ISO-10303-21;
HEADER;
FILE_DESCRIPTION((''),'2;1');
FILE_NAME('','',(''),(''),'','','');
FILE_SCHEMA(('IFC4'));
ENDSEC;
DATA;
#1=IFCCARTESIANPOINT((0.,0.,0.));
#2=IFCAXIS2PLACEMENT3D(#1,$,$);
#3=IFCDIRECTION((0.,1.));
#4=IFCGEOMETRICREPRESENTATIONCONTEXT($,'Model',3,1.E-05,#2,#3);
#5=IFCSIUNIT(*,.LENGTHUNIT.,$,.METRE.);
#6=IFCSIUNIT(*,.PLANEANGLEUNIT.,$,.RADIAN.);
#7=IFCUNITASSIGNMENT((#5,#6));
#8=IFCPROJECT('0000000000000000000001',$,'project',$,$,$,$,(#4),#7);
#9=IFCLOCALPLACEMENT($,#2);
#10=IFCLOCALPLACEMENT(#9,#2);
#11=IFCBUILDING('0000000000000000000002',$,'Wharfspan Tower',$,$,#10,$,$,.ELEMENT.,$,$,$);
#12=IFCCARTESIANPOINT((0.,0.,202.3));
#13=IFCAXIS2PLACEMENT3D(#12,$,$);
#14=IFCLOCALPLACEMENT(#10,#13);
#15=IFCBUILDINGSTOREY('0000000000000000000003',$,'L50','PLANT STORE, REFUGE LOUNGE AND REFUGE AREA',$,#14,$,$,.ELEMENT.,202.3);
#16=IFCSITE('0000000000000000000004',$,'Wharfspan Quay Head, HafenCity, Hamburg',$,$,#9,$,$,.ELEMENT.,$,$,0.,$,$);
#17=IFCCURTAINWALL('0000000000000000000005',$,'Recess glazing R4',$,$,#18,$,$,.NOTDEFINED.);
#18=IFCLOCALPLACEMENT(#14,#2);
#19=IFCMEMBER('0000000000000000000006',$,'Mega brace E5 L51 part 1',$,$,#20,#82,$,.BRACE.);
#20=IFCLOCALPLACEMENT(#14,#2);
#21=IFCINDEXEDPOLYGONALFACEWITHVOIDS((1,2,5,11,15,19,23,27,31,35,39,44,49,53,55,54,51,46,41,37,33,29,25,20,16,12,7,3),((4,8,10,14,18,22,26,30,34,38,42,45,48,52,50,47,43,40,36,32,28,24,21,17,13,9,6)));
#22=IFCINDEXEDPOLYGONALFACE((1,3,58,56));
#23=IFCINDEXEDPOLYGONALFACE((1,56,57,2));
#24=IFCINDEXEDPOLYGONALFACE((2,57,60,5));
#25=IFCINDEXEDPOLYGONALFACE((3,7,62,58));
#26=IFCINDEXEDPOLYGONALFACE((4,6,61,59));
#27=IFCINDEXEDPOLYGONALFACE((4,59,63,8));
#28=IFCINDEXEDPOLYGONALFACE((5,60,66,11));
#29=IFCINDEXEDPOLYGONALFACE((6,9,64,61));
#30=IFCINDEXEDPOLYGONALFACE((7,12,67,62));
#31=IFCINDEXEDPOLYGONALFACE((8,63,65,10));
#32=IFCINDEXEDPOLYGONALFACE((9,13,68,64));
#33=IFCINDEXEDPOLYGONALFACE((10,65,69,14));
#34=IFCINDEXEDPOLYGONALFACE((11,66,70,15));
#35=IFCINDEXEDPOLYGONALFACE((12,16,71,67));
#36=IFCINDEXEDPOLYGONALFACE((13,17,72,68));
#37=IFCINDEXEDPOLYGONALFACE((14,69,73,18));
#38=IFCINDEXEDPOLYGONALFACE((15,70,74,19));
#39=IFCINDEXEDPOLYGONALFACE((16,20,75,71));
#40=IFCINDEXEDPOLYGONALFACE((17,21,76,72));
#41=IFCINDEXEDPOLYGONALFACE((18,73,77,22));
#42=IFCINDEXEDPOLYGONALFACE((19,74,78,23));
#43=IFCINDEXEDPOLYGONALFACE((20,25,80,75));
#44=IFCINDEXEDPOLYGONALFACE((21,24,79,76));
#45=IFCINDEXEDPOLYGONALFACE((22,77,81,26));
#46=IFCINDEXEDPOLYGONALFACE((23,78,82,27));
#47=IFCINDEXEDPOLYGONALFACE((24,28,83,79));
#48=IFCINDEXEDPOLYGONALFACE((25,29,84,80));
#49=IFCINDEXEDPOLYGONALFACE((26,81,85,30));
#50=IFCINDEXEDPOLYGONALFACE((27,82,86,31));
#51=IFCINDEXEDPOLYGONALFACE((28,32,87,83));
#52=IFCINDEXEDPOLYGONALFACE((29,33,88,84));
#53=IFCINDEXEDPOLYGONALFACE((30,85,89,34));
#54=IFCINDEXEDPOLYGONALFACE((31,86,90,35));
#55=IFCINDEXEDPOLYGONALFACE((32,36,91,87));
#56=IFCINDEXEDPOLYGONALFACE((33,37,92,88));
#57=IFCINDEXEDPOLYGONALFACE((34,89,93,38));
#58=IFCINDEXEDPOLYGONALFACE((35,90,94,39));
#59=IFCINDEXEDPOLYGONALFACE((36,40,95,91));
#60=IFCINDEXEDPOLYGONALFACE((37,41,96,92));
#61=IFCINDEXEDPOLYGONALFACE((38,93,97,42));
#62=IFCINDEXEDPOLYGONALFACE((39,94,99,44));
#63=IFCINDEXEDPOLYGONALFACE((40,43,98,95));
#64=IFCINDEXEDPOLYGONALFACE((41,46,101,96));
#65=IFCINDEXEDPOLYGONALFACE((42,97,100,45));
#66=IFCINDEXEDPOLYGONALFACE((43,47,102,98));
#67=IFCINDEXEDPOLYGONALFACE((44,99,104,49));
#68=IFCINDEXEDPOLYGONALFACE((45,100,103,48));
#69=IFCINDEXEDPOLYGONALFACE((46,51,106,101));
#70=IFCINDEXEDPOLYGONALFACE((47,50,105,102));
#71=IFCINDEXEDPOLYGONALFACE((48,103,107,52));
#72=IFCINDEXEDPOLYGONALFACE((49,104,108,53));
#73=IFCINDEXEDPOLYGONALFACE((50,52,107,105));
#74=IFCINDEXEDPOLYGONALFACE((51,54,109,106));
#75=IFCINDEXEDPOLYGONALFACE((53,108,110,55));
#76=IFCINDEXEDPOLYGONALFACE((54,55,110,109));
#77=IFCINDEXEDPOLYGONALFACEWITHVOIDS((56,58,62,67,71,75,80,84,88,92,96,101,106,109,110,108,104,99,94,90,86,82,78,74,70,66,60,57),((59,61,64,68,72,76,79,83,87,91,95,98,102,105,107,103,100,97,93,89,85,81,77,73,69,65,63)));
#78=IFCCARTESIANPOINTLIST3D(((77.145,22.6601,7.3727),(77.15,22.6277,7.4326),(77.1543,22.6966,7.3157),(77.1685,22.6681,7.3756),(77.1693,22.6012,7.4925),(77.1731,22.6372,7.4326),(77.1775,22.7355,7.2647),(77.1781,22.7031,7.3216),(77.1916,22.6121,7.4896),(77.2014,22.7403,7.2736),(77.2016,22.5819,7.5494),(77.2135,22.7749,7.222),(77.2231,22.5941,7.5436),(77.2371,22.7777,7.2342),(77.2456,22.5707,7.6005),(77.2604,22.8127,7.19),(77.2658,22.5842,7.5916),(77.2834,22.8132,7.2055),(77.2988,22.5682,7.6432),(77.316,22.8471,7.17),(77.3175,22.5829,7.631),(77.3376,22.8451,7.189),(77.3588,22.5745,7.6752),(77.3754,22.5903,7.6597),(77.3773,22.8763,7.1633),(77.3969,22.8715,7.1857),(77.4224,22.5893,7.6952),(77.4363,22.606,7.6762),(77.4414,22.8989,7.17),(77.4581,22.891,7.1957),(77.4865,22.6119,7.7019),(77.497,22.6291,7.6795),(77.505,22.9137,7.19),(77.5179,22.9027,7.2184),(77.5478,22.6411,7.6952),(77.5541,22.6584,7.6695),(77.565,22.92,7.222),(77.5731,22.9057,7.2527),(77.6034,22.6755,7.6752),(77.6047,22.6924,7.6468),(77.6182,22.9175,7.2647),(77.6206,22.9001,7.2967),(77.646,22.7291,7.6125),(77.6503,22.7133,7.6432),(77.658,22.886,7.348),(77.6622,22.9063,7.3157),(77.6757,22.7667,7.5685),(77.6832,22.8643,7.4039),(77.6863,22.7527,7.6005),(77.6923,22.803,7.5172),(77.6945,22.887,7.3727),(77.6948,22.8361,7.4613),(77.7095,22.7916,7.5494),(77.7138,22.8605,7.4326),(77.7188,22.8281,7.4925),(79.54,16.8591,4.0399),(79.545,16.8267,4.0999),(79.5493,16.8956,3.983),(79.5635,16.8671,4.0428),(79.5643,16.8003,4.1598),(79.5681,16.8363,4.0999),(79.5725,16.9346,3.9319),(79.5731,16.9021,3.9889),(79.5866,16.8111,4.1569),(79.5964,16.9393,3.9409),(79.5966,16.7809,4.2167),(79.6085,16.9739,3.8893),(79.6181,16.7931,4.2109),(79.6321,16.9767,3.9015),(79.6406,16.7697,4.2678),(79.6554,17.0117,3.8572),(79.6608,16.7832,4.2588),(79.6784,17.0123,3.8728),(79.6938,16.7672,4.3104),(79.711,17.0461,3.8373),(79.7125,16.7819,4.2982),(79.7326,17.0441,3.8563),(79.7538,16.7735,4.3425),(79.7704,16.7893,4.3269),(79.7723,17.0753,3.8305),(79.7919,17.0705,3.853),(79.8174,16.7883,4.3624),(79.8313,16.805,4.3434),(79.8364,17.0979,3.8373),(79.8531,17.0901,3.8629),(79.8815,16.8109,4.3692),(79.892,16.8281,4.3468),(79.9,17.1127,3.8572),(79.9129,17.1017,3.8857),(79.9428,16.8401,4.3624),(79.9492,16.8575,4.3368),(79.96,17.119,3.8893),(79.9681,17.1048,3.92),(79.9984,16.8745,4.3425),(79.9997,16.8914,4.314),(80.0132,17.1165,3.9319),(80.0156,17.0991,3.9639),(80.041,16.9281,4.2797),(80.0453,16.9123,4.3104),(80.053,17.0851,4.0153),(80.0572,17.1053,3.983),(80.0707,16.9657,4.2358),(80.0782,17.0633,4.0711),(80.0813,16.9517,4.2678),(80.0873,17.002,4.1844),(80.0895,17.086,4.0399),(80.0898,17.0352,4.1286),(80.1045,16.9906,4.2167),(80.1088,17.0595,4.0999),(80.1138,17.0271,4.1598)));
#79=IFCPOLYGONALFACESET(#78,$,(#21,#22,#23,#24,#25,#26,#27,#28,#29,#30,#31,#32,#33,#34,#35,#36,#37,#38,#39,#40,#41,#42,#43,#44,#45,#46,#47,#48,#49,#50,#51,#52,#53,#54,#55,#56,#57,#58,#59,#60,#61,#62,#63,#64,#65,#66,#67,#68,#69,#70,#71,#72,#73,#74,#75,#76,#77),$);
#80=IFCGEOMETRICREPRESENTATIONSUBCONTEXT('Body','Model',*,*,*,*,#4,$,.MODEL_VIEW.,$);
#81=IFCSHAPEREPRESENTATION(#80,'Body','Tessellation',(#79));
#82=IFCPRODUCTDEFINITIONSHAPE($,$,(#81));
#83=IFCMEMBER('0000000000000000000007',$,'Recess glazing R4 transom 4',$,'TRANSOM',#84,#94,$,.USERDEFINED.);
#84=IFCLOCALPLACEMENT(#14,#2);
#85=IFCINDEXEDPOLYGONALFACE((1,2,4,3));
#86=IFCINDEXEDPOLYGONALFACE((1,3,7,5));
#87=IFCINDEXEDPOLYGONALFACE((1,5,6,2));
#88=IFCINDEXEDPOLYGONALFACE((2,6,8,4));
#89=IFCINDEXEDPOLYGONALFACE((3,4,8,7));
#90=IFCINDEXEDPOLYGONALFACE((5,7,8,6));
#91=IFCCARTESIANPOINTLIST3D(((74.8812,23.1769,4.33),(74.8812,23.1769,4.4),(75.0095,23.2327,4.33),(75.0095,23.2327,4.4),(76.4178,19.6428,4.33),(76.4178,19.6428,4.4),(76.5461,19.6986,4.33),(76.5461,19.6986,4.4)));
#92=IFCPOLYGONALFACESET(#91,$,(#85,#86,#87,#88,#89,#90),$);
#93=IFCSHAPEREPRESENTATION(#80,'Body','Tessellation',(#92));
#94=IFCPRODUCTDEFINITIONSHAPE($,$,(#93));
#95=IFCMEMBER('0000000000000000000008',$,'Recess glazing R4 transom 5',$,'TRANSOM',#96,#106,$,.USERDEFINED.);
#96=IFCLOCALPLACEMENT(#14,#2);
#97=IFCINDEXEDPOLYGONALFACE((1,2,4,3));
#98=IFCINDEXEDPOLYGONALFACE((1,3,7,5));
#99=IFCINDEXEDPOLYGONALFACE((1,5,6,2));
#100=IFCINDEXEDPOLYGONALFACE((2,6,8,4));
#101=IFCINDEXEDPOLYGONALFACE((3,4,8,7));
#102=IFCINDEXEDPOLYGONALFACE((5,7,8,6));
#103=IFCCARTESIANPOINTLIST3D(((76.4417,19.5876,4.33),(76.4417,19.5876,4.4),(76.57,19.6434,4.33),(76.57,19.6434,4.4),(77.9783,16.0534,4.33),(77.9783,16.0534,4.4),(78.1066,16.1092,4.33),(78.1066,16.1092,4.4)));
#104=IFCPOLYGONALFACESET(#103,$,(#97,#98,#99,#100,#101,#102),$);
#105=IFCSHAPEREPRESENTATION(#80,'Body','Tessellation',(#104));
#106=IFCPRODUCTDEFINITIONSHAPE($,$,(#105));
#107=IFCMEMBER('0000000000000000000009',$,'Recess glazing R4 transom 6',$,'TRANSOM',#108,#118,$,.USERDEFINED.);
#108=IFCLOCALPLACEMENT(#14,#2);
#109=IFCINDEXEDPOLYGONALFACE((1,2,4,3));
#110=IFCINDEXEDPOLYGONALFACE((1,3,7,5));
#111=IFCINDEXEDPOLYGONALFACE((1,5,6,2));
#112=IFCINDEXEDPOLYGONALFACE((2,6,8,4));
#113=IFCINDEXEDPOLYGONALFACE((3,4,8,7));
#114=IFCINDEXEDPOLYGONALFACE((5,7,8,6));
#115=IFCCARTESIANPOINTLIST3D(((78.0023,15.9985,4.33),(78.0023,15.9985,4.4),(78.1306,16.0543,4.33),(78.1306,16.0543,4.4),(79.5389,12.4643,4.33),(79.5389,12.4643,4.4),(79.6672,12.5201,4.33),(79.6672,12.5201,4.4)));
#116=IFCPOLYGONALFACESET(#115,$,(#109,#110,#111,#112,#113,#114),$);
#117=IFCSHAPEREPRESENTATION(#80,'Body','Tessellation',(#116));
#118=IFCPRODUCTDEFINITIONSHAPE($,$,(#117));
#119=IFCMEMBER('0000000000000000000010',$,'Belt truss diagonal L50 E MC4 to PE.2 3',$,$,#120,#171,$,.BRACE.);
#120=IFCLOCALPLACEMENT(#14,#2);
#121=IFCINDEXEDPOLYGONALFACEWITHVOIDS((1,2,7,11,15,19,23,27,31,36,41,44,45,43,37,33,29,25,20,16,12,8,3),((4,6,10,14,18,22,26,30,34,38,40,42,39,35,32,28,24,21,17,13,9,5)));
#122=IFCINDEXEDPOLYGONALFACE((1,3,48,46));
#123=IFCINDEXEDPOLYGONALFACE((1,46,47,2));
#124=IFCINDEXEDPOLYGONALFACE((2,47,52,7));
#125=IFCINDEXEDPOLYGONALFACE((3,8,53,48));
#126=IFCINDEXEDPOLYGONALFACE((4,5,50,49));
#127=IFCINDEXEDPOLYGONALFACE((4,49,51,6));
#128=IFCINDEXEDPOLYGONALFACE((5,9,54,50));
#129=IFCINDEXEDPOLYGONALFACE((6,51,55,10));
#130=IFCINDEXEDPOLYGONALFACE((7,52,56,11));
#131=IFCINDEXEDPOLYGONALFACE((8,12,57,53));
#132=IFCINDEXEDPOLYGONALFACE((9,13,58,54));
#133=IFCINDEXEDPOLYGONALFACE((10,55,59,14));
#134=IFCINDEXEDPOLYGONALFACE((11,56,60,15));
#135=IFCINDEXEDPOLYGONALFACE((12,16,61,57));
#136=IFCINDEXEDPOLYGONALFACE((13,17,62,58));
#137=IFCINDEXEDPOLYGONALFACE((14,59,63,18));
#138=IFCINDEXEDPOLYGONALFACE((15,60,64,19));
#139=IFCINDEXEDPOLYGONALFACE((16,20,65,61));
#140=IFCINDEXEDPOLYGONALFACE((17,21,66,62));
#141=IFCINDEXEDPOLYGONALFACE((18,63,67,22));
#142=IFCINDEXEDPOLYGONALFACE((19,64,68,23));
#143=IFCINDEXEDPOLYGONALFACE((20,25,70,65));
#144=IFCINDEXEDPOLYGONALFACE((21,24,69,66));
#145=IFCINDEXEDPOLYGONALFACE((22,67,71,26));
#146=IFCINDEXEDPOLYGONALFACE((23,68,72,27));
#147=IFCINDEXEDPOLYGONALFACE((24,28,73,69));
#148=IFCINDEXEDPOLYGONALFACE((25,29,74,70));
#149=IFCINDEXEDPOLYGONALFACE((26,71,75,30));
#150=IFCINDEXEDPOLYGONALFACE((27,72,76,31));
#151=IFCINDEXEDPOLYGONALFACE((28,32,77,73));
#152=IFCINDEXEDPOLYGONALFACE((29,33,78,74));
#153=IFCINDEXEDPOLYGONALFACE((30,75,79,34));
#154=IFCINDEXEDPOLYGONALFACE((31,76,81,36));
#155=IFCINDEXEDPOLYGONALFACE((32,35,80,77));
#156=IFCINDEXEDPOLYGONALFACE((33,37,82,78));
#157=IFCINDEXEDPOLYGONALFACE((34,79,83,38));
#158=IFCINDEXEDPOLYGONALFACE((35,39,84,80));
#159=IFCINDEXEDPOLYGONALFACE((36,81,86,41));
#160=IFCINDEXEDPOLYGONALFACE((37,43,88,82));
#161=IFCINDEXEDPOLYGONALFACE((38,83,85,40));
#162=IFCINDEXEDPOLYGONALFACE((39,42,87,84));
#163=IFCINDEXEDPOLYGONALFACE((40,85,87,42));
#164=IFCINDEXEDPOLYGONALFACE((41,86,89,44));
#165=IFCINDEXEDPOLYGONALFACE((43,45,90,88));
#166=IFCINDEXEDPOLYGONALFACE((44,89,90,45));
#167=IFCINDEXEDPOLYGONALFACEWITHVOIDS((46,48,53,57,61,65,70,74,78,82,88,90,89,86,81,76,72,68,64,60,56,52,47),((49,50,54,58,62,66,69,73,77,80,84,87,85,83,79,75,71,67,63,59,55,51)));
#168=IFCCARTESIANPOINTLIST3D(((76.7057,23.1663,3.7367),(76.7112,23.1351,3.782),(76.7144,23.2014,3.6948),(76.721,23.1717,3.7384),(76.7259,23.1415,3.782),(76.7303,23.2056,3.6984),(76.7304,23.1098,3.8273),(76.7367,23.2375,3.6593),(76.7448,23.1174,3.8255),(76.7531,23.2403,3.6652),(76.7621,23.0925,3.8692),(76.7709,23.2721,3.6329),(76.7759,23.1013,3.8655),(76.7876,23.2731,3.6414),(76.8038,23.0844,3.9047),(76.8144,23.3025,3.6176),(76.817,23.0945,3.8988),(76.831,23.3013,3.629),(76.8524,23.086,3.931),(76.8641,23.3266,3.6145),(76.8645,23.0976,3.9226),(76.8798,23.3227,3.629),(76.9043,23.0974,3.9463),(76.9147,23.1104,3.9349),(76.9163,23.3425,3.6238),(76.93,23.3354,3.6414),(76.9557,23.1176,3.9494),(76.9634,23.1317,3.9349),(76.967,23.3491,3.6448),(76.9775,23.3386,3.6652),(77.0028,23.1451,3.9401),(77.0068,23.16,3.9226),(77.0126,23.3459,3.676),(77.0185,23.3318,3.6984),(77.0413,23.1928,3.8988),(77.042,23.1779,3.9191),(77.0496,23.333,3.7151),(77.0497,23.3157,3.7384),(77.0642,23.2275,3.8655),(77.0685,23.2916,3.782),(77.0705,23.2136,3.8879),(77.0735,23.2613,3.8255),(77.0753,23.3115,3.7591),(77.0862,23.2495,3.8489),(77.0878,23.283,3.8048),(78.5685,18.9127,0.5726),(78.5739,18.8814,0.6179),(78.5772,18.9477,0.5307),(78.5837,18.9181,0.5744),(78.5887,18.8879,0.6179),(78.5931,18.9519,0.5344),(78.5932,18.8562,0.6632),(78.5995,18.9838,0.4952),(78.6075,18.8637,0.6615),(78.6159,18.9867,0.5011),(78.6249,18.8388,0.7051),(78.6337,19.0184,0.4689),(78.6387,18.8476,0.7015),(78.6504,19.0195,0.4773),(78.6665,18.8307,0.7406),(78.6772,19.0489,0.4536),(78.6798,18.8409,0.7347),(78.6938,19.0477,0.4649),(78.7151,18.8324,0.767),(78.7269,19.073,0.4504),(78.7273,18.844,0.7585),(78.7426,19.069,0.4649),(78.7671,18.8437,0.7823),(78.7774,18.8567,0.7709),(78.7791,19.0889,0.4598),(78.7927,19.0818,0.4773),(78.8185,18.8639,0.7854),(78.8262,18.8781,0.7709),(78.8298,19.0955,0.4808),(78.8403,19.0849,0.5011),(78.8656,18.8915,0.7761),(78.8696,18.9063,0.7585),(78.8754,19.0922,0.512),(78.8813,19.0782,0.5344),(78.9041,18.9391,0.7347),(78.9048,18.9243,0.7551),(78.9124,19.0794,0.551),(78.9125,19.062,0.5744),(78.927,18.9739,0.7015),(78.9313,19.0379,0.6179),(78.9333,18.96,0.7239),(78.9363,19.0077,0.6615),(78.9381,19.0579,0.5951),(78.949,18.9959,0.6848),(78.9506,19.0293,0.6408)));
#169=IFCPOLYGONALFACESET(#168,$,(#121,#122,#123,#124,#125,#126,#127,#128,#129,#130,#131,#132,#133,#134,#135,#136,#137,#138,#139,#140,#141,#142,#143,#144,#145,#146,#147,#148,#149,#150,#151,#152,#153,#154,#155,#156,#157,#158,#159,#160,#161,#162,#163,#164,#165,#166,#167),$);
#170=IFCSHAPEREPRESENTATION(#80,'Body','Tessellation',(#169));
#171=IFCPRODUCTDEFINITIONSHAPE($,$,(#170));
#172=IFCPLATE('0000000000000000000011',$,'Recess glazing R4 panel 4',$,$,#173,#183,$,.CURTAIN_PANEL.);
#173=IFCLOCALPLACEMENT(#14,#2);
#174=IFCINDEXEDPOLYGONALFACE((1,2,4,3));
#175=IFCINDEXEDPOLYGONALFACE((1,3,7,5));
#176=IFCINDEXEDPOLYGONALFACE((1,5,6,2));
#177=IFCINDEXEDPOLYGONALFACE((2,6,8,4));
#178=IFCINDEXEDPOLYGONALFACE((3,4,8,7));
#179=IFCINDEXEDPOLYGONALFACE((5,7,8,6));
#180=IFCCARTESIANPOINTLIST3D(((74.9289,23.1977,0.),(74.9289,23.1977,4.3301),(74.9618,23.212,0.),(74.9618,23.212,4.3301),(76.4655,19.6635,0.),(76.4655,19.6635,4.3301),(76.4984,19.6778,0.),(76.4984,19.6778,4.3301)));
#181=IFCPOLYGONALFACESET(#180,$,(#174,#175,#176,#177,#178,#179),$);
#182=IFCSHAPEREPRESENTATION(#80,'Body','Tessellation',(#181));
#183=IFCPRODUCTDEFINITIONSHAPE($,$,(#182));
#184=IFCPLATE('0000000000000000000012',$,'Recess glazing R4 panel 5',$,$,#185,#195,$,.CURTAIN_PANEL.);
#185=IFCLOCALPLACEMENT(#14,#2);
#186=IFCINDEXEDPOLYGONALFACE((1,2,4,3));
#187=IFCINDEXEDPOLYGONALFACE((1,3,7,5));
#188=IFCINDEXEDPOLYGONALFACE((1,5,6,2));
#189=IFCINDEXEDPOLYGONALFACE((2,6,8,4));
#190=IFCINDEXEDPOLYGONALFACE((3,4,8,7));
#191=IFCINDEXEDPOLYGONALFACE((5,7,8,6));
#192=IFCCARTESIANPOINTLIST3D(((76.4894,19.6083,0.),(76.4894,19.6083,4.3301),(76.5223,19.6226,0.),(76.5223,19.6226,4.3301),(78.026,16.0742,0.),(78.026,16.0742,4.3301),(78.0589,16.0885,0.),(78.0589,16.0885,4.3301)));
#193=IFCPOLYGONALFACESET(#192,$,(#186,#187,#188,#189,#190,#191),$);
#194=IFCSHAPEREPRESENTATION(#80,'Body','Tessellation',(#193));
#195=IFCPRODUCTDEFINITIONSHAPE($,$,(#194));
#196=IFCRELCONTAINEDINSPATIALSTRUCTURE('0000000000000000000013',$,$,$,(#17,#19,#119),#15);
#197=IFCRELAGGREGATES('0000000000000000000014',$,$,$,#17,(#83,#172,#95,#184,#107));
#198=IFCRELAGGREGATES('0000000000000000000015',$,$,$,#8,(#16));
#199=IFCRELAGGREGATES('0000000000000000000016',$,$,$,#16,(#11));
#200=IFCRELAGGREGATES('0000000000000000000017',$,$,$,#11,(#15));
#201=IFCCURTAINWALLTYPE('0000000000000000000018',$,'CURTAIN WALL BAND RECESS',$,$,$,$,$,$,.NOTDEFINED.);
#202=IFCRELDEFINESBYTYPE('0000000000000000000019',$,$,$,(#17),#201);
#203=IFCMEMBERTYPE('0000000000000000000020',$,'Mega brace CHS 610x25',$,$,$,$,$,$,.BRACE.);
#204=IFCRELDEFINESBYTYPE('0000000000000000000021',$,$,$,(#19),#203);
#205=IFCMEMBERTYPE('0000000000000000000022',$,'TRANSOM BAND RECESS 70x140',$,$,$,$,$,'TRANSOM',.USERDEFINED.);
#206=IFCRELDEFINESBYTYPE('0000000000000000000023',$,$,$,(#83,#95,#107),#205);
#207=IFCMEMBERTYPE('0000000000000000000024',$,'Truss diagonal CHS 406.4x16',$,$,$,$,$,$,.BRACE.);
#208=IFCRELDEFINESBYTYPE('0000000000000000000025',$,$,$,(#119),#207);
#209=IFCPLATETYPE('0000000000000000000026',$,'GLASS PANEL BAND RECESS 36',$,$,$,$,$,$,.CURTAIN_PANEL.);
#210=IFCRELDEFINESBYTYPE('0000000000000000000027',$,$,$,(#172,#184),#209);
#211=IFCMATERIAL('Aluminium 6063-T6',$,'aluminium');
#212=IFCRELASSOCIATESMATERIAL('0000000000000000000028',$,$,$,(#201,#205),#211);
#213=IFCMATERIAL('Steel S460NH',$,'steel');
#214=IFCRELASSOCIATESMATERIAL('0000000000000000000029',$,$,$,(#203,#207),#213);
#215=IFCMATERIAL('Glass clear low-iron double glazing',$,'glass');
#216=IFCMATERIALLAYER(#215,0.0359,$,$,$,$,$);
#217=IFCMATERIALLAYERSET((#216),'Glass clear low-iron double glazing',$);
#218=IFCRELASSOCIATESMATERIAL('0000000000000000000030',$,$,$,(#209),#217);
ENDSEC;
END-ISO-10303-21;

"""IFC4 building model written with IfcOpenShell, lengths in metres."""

from ifc_helpers import new_model, si_unit, direction, frame, origin, origin_2d, place, context, subcontext, project, spatial, rectangle, hollow_circle, extrude, material, layer, layer_set, material_profile, profile_set, type_object, element, aggregate, save


model = new_model("IFC4")

# Units and contexts
model_context = context("Model", 3, precision=1e-05, world=origin(), true_north=direction((0.0, 1.0)))
body_context = subcontext(model_context, "Body", "Model", "MODEL_VIEW")
ifc_project = project(units=[si_unit("LENGTHUNIT", "METRE"), si_unit("PLANEANGLEUNIT", "RADIAN")], contexts=[model_context])

# Site, building, storey
site_placement = place(None, origin())
site = spatial("IfcSite", under=ifc_project, at=site_placement, Name="Wharfspan Quay Head, HafenCity, Hamburg", CompositionType="ELEMENT", RefElevation=0.0)
building_placement = place(site_placement, origin())
building = spatial("IfcBuilding", under=site, at=building_placement, Name="Wharfspan Tower", CompositionType="ELEMENT")
storey_placement = place(building_placement, frame((0.0, 0.0, 202.3)))
storey = spatial("IfcBuildingStorey", under=building, at=storey_placement, Name="L50", Description="PLANT STORE, REFUGE LOUNGE AND REFUGE AREA", CompositionType="ELEMENT", Elevation=202.3)

# Curtain wall
ifc_material_1 = material(Name="Aluminium 6063-T6", Category="aluminium")
curtain_wall_type = type_object("IfcCurtainWallType", Name="CURTAIN WALL BAND RECESS", PredefinedType="NOTDEFINED", material=ifc_material_1)
curtain_wall_placement = place(storey_placement, origin())
curtain_wall = element("IfcCurtainWall", 1, at=curtain_wall_placement, inside=storey, type_object=curtain_wall_type, Name="Recess glazing R4", PredefinedType="NOTDEFINED")

# Members
ifc_material_2 = material(Name="Steel S460NH", Category="steel")
ifc_material_profile_1 = material_profile(ifc_material_2, hollow_circle(Radius=0.3049, WallThickness=0.0249, at=origin_2d()))
ifc_profile_set_1 = profile_set([ifc_material_profile_1], Name="Steel S460NH")
member_type_1 = type_object("IfcMemberType", Name="Mega brace CHS 610x25", PredefinedType="BRACE", material=ifc_profile_set_1)
member_1_placement = place(storey_placement, frame((79.8269, 16.9431, 4.0999), z_axis=(-0.337042, 0.816355, 0.469007), x_axis=(-0.924324, -0.381616, -0.000004)))
element("IfcMember", 2, at=member_1_placement, inside=storey, type_object=member_type_1, Name="Mega brace E5 L51 part 1", PredefinedType="BRACE", context=body_context, shape_type="SweptSolid", body=[
    extrude(hollow_circle(Radius=0.3049, WallThickness=0.0249, at=origin_2d()), origin(), (0.0, 0.0, 1.0), 7.106),
])
ifc_material_profile_2 = material_profile(ifc_material_1, rectangle(XDim=0.1399, YDim=0.0701, at=origin_2d()))
ifc_profile_set_2 = profile_set([ifc_material_profile_2], Name="Aluminium 6063-T6")
member_type_2 = type_object("IfcMemberType", Name="TRANSOM BAND RECESS 70x140", ElementType="TRANSOM", PredefinedType="USERDEFINED", material=ifc_profile_set_2)
member_2_placement = place(storey_placement, frame((74.9453, 23.2048, 4.365), z_axis=(0.398731, -0.917068, 0.0), x_axis=(0.917068, 0.398731, 0.0)))
member_2 = element("IfcMember", 3, at=member_2_placement, type_object=member_type_2, Name="Recess glazing R4 transom 4", ObjectType="TRANSOM", PredefinedType="USERDEFINED", context=body_context, shape_type="SweptSolid", body=[
    extrude(rectangle(XDim=0.1399, YDim=0.0701, at=origin_2d()), origin(), (0.0, 0.0, 1.0), 3.8538),
])
member_3_placement = place(storey_placement, frame((76.5059, 19.6155, 4.365), z_axis=(0.398731, -0.917068, 0.0), x_axis=(0.917068, 0.398731, 0.0)))
member_3 = element("IfcMember", 4, at=member_3_placement, type_object=member_type_2, Name="Recess glazing R4 transom 5", ObjectType="TRANSOM", PredefinedType="USERDEFINED", context=body_context, shape_type="SweptSolid", body=[
    extrude(rectangle(XDim=0.1399, YDim=0.0701, at=origin_2d()), origin(), (0.0, 0.0, 1.0), 3.8538),
])
member_4_placement = place(storey_placement, frame((78.0664, 16.0264, 4.365), z_axis=(0.398731, -0.917068, 0.0), x_axis=(0.917068, 0.398731, 0.0)))
member_4 = element("IfcMember", 5, at=member_4_placement, type_object=member_type_2, Name="Recess glazing R4 transom 6", ObjectType="TRANSOM", PredefinedType="USERDEFINED", context=body_context, shape_type="SweptSolid", body=[
    extrude(rectangle(XDim=0.1399, YDim=0.0701, at=origin_2d()), origin(), (0.0, 0.0, 1.0), 3.8538),
])
ifc_material_profile_3 = material_profile(ifc_material_2, hollow_circle(Radius=0.2031, WallThickness=0.0161, at=origin_2d()))
ifc_profile_set_3 = profile_set([ifc_material_profile_3], Name="Steel S460NH")
member_type_3 = type_object("IfcMemberType", Name="Truss diagonal CHS 406.4x16", PredefinedType="BRACE", material=ifc_profile_set_3)
member_5_placement = place(storey_placement, frame((78.76, 18.9629, 0.6179), z_axis=(-0.331508, 0.756993, 0.563085), x_axis=(-0.916017, -0.401146, -0.000004)))
element("IfcMember", 6, at=member_5_placement, inside=storey, type_object=member_type_3, Name="Belt truss diagonal L50 E MC4 to PE.2 3", PredefinedType="BRACE", context=body_context, shape_type="SweptSolid", body=[
    extrude(hollow_circle(Radius=0.2031, WallThickness=0.0161, at=origin_2d()), origin(), (0.0, 0.0, 1.0), 5.6191),
])

# Plates
ifc_material_3 = material(Name="Glass clear low-iron double glazing", Category="glass")
ifc_layer_1 = layer(ifc_material_3, 0.0359)
ifc_layer_set_1 = layer_set([ifc_layer_1], Name="Glass clear low-iron double glazing")
plate_type = type_object("IfcPlateType", Name="GLASS PANEL BAND RECESS 36", PredefinedType="CURTAIN_PANEL", material=ifc_layer_set_1)
plate_1_placement = place(storey_placement, frame((75.7136, 21.4377, 0.0), z_axis=(0.0, 0.0, 1.0), x_axis=(0.398727, -0.917072, 0.0)))
plate_1 = element("IfcPlate", 7, at=plate_1_placement, type_object=plate_type, Name="Recess glazing R4 panel 4", PredefinedType="CURTAIN_PANEL", context=body_context, shape_type="SweptSolid", body=[
    extrude(rectangle(XDim=3.8538, YDim=0.0359, at=origin_2d()), origin(), (0.0, 0.0, 1.0), 4.3301),
])
plate_2_placement = place(storey_placement, frame((77.2742, 17.8484, 0.0), z_axis=(0.0, 0.0, 1.0), x_axis=(0.398727, -0.917072, 0.0)))
plate_2 = element("IfcPlate", 8, at=plate_2_placement, type_object=plate_type, Name="Recess glazing R4 panel 5", PredefinedType="CURTAIN_PANEL", context=body_context, shape_type="SweptSolid", body=[
    extrude(rectangle(XDim=3.8538, YDim=0.0359, at=origin_2d()), origin(), (0.0, 0.0, 1.0), 4.3301),
])
aggregate(curtain_wall, [member_2, plate_1, member_3, plate_2, member_4])

save(model, "model.ifc")
